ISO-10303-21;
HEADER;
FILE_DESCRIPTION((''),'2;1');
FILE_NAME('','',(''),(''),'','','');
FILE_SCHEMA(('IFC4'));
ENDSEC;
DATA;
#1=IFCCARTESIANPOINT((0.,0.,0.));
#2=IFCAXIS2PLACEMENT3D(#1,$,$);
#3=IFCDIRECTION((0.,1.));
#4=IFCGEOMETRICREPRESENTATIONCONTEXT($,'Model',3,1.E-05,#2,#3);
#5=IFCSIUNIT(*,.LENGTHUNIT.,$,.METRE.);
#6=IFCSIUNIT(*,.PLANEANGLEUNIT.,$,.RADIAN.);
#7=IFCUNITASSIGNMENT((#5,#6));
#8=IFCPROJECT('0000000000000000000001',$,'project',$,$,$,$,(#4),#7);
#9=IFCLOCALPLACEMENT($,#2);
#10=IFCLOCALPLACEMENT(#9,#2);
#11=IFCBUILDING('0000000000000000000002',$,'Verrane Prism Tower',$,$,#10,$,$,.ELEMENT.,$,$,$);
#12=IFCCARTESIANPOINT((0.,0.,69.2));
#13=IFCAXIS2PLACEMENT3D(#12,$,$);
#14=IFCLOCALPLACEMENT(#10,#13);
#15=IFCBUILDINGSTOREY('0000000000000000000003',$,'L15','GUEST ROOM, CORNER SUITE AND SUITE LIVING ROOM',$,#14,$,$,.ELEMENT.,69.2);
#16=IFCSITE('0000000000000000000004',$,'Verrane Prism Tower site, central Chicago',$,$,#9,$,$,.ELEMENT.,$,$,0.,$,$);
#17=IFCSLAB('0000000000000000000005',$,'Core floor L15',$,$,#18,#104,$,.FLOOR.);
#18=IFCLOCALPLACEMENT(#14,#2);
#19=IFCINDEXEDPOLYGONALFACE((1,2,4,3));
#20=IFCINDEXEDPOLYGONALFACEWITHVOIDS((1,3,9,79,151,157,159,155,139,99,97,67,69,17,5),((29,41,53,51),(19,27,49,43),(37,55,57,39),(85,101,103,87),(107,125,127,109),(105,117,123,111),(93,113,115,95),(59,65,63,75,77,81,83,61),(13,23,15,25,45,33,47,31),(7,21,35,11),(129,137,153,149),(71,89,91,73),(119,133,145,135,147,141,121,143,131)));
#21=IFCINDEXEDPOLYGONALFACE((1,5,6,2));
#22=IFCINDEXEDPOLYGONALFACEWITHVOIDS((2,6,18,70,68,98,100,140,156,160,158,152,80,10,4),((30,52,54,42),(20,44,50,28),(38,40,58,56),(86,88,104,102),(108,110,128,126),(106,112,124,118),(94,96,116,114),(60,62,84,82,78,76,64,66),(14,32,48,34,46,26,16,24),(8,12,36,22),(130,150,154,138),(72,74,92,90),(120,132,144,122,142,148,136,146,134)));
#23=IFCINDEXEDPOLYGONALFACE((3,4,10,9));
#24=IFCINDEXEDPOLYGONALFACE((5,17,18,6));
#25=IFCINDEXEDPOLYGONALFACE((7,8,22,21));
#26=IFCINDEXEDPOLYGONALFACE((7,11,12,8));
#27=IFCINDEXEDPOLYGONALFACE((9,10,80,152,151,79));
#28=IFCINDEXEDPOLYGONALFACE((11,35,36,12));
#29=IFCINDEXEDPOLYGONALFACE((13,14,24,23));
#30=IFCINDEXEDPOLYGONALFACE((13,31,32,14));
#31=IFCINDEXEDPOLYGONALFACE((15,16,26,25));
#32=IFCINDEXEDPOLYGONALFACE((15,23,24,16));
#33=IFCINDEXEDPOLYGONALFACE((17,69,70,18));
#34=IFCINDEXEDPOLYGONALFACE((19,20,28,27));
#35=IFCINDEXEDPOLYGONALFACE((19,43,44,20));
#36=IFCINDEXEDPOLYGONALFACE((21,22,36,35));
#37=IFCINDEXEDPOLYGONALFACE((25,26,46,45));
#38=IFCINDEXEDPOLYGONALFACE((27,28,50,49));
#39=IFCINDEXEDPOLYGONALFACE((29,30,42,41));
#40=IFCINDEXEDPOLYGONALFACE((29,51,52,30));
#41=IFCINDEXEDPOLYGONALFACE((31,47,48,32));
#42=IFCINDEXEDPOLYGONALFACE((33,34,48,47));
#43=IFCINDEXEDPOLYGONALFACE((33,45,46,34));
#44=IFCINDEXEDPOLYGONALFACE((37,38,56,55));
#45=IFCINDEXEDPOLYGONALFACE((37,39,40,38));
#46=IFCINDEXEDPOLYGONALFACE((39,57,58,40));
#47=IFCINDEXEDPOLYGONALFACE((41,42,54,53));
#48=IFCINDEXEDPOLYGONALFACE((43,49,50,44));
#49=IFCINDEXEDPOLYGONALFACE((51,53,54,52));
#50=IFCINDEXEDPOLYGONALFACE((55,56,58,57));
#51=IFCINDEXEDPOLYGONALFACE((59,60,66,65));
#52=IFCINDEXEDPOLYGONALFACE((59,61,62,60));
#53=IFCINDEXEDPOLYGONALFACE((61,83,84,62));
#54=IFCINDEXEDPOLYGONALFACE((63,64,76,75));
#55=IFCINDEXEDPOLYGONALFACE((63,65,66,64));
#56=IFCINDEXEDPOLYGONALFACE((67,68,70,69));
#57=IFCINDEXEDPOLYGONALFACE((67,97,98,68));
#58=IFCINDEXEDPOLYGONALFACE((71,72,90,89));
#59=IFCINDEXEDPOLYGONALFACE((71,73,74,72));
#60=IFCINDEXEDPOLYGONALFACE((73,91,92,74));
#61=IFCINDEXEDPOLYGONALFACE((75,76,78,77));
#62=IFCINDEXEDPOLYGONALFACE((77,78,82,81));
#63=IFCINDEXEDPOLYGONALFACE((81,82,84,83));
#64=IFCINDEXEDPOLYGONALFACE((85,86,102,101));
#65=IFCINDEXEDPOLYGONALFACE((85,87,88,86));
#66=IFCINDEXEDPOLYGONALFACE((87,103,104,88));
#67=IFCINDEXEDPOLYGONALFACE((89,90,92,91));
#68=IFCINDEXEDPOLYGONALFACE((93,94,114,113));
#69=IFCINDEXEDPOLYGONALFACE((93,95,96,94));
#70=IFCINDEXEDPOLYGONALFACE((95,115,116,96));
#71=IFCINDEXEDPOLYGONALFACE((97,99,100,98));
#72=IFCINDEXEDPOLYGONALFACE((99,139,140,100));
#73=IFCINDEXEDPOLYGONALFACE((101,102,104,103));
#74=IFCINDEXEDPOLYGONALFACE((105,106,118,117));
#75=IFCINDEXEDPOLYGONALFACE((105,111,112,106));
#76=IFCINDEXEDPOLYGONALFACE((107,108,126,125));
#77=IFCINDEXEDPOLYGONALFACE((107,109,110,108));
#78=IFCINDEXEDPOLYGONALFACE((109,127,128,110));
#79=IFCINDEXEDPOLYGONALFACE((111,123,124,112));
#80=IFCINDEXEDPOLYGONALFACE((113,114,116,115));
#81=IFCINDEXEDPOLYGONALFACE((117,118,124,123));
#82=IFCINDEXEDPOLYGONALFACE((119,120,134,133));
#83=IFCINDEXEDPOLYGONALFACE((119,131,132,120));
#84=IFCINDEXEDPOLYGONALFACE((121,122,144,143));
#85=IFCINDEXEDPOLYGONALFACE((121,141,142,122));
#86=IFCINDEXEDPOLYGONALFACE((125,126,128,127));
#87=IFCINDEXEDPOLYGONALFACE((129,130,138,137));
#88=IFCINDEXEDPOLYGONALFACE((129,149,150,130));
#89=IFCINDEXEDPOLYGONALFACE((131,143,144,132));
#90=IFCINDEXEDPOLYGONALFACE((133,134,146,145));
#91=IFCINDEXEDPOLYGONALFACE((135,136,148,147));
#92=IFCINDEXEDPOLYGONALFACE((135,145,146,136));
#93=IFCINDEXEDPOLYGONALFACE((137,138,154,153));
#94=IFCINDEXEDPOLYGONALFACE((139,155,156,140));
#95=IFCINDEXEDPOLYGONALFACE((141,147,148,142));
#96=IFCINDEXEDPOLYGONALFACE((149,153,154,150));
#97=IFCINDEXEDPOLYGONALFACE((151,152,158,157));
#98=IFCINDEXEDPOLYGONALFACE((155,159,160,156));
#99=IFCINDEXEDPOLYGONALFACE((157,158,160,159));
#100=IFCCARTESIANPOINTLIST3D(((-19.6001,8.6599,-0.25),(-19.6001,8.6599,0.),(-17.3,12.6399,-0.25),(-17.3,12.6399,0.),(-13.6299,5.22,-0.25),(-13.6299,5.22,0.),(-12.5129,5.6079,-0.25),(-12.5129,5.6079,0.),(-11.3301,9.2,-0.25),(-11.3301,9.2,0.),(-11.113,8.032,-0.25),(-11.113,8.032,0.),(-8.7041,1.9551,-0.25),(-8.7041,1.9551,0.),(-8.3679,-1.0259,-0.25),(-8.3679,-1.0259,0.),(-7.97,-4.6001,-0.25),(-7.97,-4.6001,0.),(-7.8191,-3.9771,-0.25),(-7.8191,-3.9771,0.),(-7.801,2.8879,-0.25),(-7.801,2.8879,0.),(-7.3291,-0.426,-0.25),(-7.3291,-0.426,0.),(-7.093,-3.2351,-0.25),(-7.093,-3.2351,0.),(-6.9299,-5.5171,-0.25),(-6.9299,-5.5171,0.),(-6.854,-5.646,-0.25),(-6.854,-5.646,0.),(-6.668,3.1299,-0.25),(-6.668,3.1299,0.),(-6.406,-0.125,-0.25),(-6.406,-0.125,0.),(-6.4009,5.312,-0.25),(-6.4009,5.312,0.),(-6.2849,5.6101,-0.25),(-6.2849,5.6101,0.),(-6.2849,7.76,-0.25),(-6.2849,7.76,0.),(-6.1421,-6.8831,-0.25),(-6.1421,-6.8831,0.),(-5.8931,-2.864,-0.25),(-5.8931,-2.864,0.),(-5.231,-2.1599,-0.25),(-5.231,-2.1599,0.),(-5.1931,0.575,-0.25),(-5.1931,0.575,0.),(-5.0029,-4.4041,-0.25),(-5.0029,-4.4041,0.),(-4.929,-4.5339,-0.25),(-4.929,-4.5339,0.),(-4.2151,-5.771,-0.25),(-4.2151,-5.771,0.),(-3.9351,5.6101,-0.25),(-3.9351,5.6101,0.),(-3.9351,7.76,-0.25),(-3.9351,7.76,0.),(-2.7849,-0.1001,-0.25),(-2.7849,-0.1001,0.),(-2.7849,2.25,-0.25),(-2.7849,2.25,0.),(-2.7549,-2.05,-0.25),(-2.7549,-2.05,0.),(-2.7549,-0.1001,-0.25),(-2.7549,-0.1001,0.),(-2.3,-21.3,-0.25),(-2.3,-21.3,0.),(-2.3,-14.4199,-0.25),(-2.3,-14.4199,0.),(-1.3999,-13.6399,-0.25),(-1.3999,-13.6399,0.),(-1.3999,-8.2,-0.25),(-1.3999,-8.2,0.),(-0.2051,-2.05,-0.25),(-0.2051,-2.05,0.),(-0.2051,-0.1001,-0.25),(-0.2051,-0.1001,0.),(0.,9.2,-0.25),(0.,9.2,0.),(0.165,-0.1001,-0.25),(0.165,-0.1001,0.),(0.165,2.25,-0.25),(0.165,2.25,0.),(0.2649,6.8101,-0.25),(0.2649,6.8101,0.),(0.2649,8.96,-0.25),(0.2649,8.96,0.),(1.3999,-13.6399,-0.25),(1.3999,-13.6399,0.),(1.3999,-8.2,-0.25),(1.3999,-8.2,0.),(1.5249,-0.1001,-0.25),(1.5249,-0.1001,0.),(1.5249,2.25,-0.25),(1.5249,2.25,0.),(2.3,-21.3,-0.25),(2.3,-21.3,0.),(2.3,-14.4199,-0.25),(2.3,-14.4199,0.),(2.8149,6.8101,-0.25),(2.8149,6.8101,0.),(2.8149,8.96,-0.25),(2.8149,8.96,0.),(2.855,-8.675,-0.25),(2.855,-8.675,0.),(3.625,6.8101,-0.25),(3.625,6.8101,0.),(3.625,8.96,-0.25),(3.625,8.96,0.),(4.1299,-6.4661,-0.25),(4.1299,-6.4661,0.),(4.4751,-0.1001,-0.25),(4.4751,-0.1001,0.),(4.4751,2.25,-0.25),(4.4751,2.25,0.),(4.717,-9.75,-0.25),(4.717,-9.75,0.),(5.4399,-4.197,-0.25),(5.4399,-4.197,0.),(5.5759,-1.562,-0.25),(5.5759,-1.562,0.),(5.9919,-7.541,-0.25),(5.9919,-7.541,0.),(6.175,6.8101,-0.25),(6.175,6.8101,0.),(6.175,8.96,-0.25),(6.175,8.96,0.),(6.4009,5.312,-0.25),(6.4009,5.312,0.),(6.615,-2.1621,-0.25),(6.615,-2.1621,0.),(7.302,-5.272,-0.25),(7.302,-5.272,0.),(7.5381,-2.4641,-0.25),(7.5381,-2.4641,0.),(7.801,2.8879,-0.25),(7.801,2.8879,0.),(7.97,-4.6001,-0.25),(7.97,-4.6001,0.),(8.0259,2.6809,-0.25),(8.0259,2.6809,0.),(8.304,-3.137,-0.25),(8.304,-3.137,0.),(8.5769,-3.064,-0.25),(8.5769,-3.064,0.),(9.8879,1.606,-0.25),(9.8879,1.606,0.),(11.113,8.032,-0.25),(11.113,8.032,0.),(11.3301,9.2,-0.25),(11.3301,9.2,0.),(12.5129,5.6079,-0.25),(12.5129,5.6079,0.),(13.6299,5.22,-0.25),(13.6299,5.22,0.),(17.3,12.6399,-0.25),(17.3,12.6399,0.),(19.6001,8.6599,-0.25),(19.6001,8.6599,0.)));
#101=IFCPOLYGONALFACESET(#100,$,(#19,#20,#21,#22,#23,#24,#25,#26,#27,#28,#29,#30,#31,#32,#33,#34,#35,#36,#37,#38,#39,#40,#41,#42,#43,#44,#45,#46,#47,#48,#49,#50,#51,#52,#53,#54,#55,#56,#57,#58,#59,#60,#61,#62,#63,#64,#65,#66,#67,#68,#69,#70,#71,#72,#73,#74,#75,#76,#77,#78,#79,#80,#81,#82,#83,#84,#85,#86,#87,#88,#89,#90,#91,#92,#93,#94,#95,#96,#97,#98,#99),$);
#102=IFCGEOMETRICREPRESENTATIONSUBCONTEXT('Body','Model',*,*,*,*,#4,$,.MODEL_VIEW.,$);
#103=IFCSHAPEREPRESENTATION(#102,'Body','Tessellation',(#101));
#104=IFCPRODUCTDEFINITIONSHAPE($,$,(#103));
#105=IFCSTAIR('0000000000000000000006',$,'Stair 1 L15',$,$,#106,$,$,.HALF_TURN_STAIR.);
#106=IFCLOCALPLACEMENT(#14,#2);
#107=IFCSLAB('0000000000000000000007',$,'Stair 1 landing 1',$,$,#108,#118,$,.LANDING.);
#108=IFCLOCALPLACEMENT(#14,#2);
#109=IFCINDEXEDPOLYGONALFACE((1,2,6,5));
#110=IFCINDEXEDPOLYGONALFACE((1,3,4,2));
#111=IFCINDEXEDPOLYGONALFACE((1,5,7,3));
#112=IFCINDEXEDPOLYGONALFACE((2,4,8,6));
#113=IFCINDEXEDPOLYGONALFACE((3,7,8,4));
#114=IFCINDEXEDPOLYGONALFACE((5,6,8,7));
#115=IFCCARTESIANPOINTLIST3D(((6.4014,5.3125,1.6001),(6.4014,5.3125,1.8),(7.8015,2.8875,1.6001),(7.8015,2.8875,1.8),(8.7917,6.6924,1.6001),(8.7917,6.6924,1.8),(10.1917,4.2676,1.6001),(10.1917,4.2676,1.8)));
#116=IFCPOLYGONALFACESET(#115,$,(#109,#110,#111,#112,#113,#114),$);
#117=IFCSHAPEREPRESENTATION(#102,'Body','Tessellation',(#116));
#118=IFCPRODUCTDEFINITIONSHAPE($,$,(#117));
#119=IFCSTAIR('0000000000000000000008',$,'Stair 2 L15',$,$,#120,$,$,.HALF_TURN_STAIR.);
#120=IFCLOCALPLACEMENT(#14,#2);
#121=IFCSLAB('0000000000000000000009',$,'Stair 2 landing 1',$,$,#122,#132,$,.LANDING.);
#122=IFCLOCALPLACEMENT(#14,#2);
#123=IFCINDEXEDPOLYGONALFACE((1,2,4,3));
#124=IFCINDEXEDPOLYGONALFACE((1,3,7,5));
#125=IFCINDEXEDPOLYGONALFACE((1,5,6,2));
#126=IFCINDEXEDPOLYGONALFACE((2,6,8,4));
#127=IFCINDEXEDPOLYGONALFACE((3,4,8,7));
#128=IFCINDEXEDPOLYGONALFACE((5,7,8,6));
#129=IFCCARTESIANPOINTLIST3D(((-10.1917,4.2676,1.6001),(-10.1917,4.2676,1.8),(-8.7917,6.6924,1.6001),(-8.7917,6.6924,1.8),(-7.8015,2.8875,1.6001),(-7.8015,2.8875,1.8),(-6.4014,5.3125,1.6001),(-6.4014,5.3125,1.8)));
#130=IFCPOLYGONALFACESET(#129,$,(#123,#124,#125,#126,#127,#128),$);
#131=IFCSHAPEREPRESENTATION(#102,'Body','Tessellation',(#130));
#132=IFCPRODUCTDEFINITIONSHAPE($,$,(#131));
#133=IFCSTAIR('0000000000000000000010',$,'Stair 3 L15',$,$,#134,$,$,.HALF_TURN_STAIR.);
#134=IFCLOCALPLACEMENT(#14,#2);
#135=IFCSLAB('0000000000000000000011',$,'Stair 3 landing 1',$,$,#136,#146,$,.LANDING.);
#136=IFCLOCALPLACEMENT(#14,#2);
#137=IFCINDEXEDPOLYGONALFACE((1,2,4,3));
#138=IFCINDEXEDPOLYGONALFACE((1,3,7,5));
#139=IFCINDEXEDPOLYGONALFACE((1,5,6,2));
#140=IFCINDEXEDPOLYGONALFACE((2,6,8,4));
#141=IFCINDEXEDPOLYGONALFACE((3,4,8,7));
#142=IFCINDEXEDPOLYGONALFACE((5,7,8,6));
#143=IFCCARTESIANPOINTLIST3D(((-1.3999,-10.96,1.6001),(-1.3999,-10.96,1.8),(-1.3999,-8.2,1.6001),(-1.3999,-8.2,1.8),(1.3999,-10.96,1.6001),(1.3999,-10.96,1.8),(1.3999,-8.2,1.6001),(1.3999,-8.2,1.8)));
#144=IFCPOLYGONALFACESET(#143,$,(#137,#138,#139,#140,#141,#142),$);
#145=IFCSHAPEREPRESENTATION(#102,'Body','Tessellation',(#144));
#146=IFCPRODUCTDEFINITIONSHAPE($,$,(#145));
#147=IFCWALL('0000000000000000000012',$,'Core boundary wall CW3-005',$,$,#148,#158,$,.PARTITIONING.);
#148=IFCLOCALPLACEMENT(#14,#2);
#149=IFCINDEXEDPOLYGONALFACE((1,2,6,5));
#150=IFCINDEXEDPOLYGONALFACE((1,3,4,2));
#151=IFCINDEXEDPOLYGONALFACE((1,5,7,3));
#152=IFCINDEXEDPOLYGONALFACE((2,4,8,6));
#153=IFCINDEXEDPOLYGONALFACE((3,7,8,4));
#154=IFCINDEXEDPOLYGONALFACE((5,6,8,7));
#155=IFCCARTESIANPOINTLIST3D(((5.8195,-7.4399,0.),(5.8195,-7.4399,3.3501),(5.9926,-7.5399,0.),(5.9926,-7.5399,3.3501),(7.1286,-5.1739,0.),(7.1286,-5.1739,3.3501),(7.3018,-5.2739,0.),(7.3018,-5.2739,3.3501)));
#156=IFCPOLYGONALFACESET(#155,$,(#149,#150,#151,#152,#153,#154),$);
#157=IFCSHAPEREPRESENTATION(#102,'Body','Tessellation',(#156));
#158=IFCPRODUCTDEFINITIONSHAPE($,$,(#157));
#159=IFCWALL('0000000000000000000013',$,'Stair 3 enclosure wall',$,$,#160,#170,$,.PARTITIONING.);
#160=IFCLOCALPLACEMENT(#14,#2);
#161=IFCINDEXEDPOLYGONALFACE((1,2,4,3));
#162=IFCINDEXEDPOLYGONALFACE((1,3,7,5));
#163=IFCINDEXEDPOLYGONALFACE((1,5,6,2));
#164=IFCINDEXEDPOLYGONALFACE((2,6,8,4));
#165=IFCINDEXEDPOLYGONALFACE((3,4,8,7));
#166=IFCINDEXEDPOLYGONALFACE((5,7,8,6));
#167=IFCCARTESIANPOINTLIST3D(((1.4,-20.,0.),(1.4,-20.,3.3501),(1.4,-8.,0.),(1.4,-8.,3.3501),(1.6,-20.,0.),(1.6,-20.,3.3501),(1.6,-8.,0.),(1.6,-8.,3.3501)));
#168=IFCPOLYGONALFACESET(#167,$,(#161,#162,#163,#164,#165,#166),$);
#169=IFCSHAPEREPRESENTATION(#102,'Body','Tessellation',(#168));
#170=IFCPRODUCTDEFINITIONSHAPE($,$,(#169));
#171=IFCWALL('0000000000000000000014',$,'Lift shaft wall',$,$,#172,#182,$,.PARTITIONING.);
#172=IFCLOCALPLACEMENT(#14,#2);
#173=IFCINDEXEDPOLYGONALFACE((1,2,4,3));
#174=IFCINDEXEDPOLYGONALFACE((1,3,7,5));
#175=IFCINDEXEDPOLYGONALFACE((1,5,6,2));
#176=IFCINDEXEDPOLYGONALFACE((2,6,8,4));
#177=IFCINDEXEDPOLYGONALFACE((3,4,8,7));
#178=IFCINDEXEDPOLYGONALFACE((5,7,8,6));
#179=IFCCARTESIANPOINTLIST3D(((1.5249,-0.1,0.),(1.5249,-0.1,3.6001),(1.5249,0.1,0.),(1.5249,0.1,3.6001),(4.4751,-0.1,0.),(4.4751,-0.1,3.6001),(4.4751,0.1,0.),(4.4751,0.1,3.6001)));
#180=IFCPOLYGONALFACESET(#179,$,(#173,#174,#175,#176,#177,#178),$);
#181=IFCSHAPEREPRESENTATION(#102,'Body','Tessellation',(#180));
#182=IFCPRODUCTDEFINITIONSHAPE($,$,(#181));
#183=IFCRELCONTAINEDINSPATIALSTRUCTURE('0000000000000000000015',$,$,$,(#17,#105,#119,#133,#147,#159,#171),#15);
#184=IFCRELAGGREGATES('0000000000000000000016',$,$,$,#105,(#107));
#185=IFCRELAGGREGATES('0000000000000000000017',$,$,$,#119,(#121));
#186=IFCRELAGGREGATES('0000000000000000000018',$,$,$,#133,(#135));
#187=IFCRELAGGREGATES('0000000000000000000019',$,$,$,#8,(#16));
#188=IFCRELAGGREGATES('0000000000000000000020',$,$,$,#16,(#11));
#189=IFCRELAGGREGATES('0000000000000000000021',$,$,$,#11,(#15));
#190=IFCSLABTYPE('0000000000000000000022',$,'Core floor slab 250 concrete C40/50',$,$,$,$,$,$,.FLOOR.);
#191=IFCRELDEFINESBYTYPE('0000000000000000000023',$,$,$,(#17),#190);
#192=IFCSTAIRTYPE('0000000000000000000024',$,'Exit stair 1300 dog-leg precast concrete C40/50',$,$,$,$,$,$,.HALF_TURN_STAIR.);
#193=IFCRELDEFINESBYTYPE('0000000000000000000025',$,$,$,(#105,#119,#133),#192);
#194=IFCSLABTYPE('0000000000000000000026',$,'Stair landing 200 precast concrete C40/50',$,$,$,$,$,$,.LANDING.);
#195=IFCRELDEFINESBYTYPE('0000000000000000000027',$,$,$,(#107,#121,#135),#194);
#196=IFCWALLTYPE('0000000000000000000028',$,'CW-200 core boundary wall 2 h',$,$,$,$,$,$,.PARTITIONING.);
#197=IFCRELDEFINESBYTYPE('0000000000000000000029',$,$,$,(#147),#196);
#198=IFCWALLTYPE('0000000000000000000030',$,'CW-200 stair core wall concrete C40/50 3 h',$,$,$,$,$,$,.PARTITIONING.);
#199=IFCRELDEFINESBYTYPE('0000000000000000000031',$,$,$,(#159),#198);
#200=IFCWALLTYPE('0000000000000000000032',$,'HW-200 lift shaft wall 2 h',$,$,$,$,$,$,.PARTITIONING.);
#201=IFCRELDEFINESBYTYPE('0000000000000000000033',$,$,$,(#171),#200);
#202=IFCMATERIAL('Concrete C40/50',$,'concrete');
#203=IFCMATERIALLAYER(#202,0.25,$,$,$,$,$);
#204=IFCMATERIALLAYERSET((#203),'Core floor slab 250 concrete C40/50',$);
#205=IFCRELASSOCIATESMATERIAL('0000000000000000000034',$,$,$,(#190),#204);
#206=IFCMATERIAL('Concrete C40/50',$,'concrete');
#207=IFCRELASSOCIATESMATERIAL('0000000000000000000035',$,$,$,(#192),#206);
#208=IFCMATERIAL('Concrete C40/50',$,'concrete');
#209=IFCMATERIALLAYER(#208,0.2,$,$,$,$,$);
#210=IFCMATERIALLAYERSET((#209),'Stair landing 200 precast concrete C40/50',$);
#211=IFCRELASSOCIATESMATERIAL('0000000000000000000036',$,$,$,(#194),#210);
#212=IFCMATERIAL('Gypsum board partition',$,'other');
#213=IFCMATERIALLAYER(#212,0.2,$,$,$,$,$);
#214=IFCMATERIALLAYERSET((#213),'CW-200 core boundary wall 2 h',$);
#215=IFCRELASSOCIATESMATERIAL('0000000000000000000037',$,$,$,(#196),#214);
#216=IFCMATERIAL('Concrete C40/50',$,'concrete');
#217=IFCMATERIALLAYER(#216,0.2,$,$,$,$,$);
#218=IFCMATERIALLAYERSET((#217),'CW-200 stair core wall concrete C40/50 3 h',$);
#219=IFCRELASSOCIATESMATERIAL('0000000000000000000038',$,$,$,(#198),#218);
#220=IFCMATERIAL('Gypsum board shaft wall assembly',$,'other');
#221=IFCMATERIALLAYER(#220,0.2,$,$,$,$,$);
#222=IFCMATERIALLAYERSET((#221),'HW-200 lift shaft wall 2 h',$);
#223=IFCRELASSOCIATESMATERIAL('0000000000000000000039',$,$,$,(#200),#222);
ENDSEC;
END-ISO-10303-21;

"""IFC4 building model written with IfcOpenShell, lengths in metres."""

from ifc_helpers import new_model, si_unit, direction, frame, frame_2d, origin, place, context, subcontext, project, spatial, polyline, rectangle, outline, extrude, material, layer, layer_set, type_object, element, aggregate, save


model = new_model("IFC4")

# Units and contexts
model_context = context("Model", 3, precision=1e-05, world=origin(), true_north=direction((0.0, 1.0)))
body_context = subcontext(model_context, "Body", "Model", "MODEL_VIEW")
ifc_project = project(units=[si_unit("LENGTHUNIT", "METRE"), si_unit("PLANEANGLEUNIT", "RADIAN")], contexts=[model_context])

# Site, building, storey
site_placement = place(None, origin())
site = spatial("IfcSite", under=ifc_project, at=site_placement, Name="Verrane Prism Tower site, central Chicago", CompositionType="ELEMENT", RefElevation=0.0)
building_placement = place(site_placement, origin())
building = spatial("IfcBuilding", under=site, at=building_placement, Name="Verrane Prism Tower", CompositionType="ELEMENT")
storey_placement = place(building_placement, frame((0.0, 0.0, 69.2)))
storey = spatial("IfcBuildingStorey", under=building, at=storey_placement, Name="L15", Description="GUEST ROOM, CORNER SUITE AND SUITE LIVING ROOM", CompositionType="ELEMENT", Elevation=69.2)

# Slab
ifc_material_1 = material(Name="Concrete C40/50", Category="concrete")
ifc_layer_1 = layer(ifc_material_1, 0.25)
ifc_layer_set_1 = layer_set([ifc_layer_1], Name="Core floor slab 250 concrete C40/50")
slab_type_1 = type_object("IfcSlabType", Name="Core floor slab 250 concrete C40/50", PredefinedType="FLOOR", material=ifc_layer_set_1)
slab_1_placement = place(storey_placement, frame((0.0, 0.0, -0.25)))
element("IfcSlab", 1, at=slab_1_placement, inside=storey, type_object=slab_type_1, Name="Core floor L15", PredefinedType="FLOOR", context=body_context, shape_type="SweptSolid", body=[
    extrude(outline(polyline([(13.6299, 5.22), (19.6001, 8.6599), (17.3, 12.6399), (11.3301, 9.2), (0.0, 9.2), (-11.3301, 9.2), (-17.3, 12.6399), (-19.6001, 8.6599), (-13.6299, 5.22), (-7.97, -4.6001), (-2.3, -14.4199), (-2.3, -21.3), (2.3, -21.3), (2.3, -14.4199), (7.97, -4.6001), (13.6299, 5.22)]), holes=[polyline([(1.3999, -8.2), (1.3999, -13.6399), (-1.3999, -13.6399), (-1.3999, -8.2), (1.3999, -8.2)]), polyline([(-4.2151, -5.771), (-6.1421, -6.8831), (-6.854, -5.646), (-4.929, -4.5339), (-4.2151, -5.771)]), polyline([(-5.0029, -4.4041), (-6.9299, -5.5171), (-7.8191, -3.9771), (-5.8931, -2.864), (-5.0029, -4.4041)]), polyline([(0.165, 2.25), (0.165, -0.1001), (-0.2051, -0.1001), (-0.2051, -2.05), (-2.7549, -2.05), (-2.7549, -0.1001), (-2.7849, -0.1001), (-2.7849, 2.25), (0.165, 2.25)]), polyline([(-12.5129, 5.6079), (-11.113, 8.032), (-6.4009, 5.312), (-7.801, 2.8879), (-12.5129, 5.6079)]), polyline([(-6.2849, 5.6101), (-6.2849, 7.76), (-3.9351, 7.76), (-3.9351, 5.6101), (-6.2849, 5.6101)]), polyline([(4.717, -9.75), (2.855, -8.675), (4.1299, -6.4661), (5.9919, -7.541), (4.717, -9.75)]), polyline([(8.304, -3.137), (5.5759, -1.562), (8.0259, 2.6809), (9.8879, 1.606), (7.5381, -2.4641), (8.5769, -3.064), (7.302, -5.272), (5.4399, -4.197), (6.615, -2.1621), (8.304, -3.137)]), polyline([(1.5249, -0.1001), (1.5249, 2.25), (4.4751, 2.25), (4.4751, -0.1001), (1.5249, -0.1001)]), polyline([(6.4009, 5.312), (11.113, 8.032), (12.5129, 5.6079), (7.801, 2.8879), (6.4009, 5.312)]), polyline([(0.2649, 6.8101), (0.2649, 8.96), (2.8149, 8.96), (2.8149, 6.8101), (0.2649, 6.8101)]), polyline([(3.625, 6.8101), (3.625, 8.96), (6.175, 8.96), (6.175, 6.8101), (3.625, 6.8101)]), polyline([(-5.231, -2.1599), (-7.093, -3.2351), (-8.3679, -1.0259), (-7.3291, -0.426), (-8.7041, 1.9551), (-6.668, 3.1299), (-5.1931, 0.575), (-6.406, -0.125), (-5.231, -2.1599)])]), origin(), (0.0, 0.0, 1.0), 0.25),
])

# Stairs, slabs
ifc_material_2 = material(Name="Concrete C40/50", Category="concrete")
stair_type = type_object("IfcStairType", Name="Exit stair 1300 dog-leg precast concrete C40/50", PredefinedType="HALF_TURN_STAIR", material=ifc_material_2)
stair_1_placement = place(storey_placement, origin())
stair_1 = element("IfcStair", 2, at=stair_1_placement, inside=storey, type_object=stair_type, Name="Stair 1 L15", PredefinedType="HALF_TURN_STAIR")
ifc_material_3 = material(Name="Concrete C40/50", Category="concrete")
ifc_layer_2 = layer(ifc_material_3, 0.2)
ifc_layer_set_2 = layer_set([ifc_layer_2], Name="Stair landing 200 precast concrete C40/50")
slab_type_2 = type_object("IfcSlabType", Name="Stair landing 200 precast concrete C40/50", PredefinedType="LANDING", material=ifc_layer_set_2)
slab_2_placement = place(storey_placement, frame((0.0, 0.0, 1.6001)))
slab_2 = element("IfcSlab", 3, at=slab_2_placement, type_object=slab_type_2, Name="Stair 1 landing 1", PredefinedType="LANDING", context=body_context, shape_type="SweptSolid", body=[
    extrude(outline(polyline([(8.7917, 6.6924), (6.4014, 5.3125), (7.8015, 2.8875), (10.1917, 4.2676), (8.7917, 6.6924)])), origin(), (0.0, 0.0, 1.0), 0.2),
])
aggregate(stair_1, [slab_2])
stair_2_placement = place(storey_placement, origin())
stair_2 = element("IfcStair", 4, at=stair_2_placement, inside=storey, type_object=stair_type, Name="Stair 2 L15", PredefinedType="HALF_TURN_STAIR")
slab_3_placement = place(storey_placement, frame((0.0, 0.0, 1.6001)))
slab_3 = element("IfcSlab", 5, at=slab_3_placement, type_object=slab_type_2, Name="Stair 2 landing 1", PredefinedType="LANDING", context=body_context, shape_type="SweptSolid", body=[
    extrude(outline(polyline([(-10.1917, 4.2676), (-7.8015, 2.8875), (-6.4014, 5.3125), (-8.7917, 6.6924), (-10.1917, 4.2676)])), origin(), (0.0, 0.0, 1.0), 0.2),
])
aggregate(stair_2, [slab_3])
stair_3_placement = place(storey_placement, origin())
stair_3 = element("IfcStair", 6, at=stair_3_placement, inside=storey, type_object=stair_type, Name="Stair 3 L15", PredefinedType="HALF_TURN_STAIR")
slab_4_placement = place(storey_placement, frame((0.0, 0.0, 1.6001)))
slab_4 = element("IfcSlab", 7, at=slab_4_placement, type_object=slab_type_2, Name="Stair 3 landing 1", PredefinedType="LANDING", context=body_context, shape_type="SweptSolid", body=[
    extrude(outline(polyline([(1.3999, -10.96), (1.3999, -8.2), (-1.3999, -8.2), (-1.3999, -10.96), (1.3999, -10.96)])), origin(), (0.0, 0.0, 1.0), 0.2),
])
aggregate(stair_3, [slab_4])

# Walls
ifc_material_4 = material(Name="Gypsum board partition", Category="other")
ifc_layer_3 = layer(ifc_material_4, 0.2)
ifc_layer_set_3 = layer_set([ifc_layer_3], Name="CW-200 core boundary wall 2 h")
wall_type_1 = type_object("IfcWallType", Name="CW-200 core boundary wall 2 h", PredefinedType="PARTITIONING", material=ifc_layer_set_3)
wall_1_placement = place(storey_placement, frame((5.906, -7.49, 0.0), z_axis=(0.0, 0.0, 1.0), x_axis=(0.500253, 0.865879, 0.0)))
element("IfcWall", 8, at=wall_1_placement, inside=storey, type_object=wall_type_1, Name="Core boundary wall CW3-005", PredefinedType="PARTITIONING", context=body_context, shape_type="SweptSolid", body=[
    extrude(rectangle(XDim=2.6169, YDim=0.2, at=frame_2d((1.3086, 0.0))), origin(), (0.0, 0.0, 1.0), 3.3501),
])
ifc_material_5 = material(Name="Concrete C40/50", Category="concrete")
ifc_layer_4 = layer(ifc_material_5, 0.2)
ifc_layer_set_4 = layer_set([ifc_layer_4], Name="CW-200 stair core wall concrete C40/50 3 h")
wall_type_2 = type_object("IfcWallType", Name="CW-200 stair core wall concrete C40/50 3 h", PredefinedType="PARTITIONING", material=ifc_layer_set_4)
wall_2_placement = place(storey_placement, frame((1.5, -8.0, 0.0), z_axis=(0.0, 0.0, 1.0), x_axis=(0.0, -1.0, 0.0)))
element("IfcWall", 9, at=wall_2_placement, inside=storey, type_object=wall_type_2, Name="Stair 3 enclosure wall", PredefinedType="PARTITIONING", context=body_context, shape_type="SweptSolid", body=[
    extrude(rectangle(XDim=12.0, YDim=0.2, at=frame_2d((6.0, 0.0))), origin(), (0.0, 0.0, 1.0), 3.3501),
])
ifc_material_6 = material(Name="Gypsum board shaft wall assembly", Category="other")
ifc_layer_5 = layer(ifc_material_6, 0.2)
ifc_layer_set_5 = layer_set([ifc_layer_5], Name="HW-200 lift shaft wall 2 h")
wall_type_3 = type_object("IfcWallType", Name="HW-200 lift shaft wall 2 h", PredefinedType="PARTITIONING", material=ifc_layer_set_5)
wall_3_placement = place(storey_placement, frame((1.5249, 0.0, 0.0), z_axis=(0.0, 0.0, 1.0), x_axis=(1.0, 0.0, 0.0)))
element("IfcWall", 10, at=wall_3_placement, inside=storey, type_object=wall_type_3, Name="Lift shaft wall", PredefinedType="PARTITIONING", context=body_context, shape_type="SweptSolid", body=[
    extrude(rectangle(XDim=2.9502, YDim=0.2, at=frame_2d((1.4751, 0.0))), origin(), (0.0, 0.0, 1.0), 3.6001),
])

save(model, "model.ifc")
